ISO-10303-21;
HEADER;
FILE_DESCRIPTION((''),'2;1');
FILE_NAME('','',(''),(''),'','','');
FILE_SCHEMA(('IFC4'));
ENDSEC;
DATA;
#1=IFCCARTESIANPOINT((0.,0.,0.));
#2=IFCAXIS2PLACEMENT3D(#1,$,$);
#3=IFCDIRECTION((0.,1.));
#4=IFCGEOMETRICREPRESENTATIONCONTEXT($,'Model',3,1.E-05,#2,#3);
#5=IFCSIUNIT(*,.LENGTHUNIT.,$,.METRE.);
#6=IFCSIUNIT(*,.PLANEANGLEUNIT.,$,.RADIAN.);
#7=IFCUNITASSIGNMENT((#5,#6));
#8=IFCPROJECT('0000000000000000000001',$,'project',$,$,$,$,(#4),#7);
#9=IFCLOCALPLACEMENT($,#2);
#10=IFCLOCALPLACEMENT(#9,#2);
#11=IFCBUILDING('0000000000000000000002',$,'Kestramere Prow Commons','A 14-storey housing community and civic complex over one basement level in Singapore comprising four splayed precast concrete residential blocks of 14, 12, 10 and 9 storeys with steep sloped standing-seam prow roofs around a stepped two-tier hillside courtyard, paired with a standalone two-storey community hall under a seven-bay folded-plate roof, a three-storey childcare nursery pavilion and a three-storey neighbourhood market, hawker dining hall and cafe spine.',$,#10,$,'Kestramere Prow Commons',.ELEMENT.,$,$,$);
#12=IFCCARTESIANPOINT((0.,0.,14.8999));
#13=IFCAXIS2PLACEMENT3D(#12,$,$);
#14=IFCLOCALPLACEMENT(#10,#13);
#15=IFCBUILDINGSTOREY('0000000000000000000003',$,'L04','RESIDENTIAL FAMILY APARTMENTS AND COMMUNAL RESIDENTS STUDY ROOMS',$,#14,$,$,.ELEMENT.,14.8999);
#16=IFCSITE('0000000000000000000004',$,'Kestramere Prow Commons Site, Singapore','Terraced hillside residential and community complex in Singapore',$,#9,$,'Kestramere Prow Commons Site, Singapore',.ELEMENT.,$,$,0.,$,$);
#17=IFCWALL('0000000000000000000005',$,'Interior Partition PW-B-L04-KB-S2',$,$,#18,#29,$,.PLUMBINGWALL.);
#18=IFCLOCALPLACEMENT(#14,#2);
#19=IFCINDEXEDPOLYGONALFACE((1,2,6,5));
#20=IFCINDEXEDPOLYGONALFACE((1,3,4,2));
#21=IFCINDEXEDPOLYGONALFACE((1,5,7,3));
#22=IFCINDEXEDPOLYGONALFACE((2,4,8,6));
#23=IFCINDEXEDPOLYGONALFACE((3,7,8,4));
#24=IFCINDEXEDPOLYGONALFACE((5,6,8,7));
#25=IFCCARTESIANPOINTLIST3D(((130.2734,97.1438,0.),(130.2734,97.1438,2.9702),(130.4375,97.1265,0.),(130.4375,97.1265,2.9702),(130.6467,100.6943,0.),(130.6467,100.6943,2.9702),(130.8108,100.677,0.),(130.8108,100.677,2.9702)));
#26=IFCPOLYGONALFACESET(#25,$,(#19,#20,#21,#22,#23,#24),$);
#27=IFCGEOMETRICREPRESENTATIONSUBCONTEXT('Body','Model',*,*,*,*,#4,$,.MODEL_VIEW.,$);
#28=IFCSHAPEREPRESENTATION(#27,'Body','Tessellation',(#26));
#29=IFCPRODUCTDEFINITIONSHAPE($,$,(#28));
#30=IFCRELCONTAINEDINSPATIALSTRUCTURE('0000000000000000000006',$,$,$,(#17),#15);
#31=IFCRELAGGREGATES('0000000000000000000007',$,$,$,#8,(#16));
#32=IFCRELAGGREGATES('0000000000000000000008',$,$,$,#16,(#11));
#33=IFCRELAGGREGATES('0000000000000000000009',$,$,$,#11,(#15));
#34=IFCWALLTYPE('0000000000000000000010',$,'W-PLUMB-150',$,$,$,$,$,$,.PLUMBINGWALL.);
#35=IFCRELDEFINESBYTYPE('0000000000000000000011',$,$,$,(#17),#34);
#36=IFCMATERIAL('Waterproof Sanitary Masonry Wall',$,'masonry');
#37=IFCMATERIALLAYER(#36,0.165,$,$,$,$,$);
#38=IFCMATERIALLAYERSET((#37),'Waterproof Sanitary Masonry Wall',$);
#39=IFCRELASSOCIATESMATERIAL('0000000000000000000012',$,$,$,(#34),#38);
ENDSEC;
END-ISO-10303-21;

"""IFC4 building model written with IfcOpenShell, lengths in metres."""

from ifc_helpers import new_model, si_unit, direction, frame, frame_2d, origin, place, context, subcontext, project, spatial, rectangle, extrude, material, layer, layer_set, type_object, element, save


model = new_model("IFC4")

# Units and contexts
model_context = context("Model", 3, precision=1e-05, world=origin(), true_north=direction((0.0, 1.0)))
body_context = subcontext(model_context, "Body", "Model", "MODEL_VIEW")
ifc_project = project(units=[si_unit("LENGTHUNIT", "METRE"), si_unit("PLANEANGLEUNIT", "RADIAN")], contexts=[model_context])

# Site, building, storey
site_placement = place(None, origin())
site = spatial("IfcSite", under=ifc_project, at=site_placement, Name="Kestramere Prow Commons Site, Singapore", Description="Terraced hillside residential and community complex in Singapore", LongName="Kestramere Prow Commons Site, Singapore", CompositionType="ELEMENT", RefElevation=0.0)
building_placement = place(site_placement, origin())
building = spatial("IfcBuilding", under=site, at=building_placement, Name="Kestramere Prow Commons", Description="A 14-storey housing community and civic complex over one basement level in Singapore comprising four splayed precast concrete residential blocks of 14, 12, 10 and 9 storeys with steep sloped standing-seam prow roofs around a stepped two-tier hillside courtyard, paired with a standalone two-storey community hall under a seven-bay folded-plate roof, a three-storey childcare nursery pavilion and a three-storey neighbourhood market, hawker dining hall and cafe spine.", LongName="Kestramere Prow Commons", CompositionType="ELEMENT")
storey_placement = place(building_placement, frame((0.0, 0.0, 14.8999)))
storey = spatial("IfcBuildingStorey", under=building, at=storey_placement, Name="L04", Description="RESIDENTIAL FAMILY APARTMENTS AND COMMUNAL RESIDENTS STUDY ROOMS", CompositionType="ELEMENT", Elevation=14.8999)

# Shared definitions
ifc_material_1 = material(Name="Waterproof Sanitary Masonry Wall", Category="masonry")
ifc_layer_1 = layer(ifc_material_1, 0.165)
ifc_layer_set_1 = layer_set([ifc_layer_1], Name="Waterproof Sanitary Masonry Wall")
wall_type_1 = type_object("IfcWallType", Name="W-PLUMB-150", PredefinedType="PLUMBINGWALL", material=ifc_layer_set_1)

# Wall
wall_1_placement = place(storey_placement, frame((130.3555, 97.135, 0.0), z_axis=(0.0, 0.0, 1.0), x_axis=(0.10456, 0.994519, 0.0)))
element("IfcWall", 1, at=wall_1_placement, inside=storey, type_object=wall_type_1, Name="Interior Partition PW-B-L04-KB-S2", PredefinedType="PLUMBINGWALL", context=body_context, shape_type="SweptSolid", body=[
    extrude(rectangle(XDim=3.5701, YDim=0.165, at=frame_2d((1.7852, 0.0))), origin(), (0.0, 0.0, 1.0), 2.9702),
])

save(model, "model.ifc")
